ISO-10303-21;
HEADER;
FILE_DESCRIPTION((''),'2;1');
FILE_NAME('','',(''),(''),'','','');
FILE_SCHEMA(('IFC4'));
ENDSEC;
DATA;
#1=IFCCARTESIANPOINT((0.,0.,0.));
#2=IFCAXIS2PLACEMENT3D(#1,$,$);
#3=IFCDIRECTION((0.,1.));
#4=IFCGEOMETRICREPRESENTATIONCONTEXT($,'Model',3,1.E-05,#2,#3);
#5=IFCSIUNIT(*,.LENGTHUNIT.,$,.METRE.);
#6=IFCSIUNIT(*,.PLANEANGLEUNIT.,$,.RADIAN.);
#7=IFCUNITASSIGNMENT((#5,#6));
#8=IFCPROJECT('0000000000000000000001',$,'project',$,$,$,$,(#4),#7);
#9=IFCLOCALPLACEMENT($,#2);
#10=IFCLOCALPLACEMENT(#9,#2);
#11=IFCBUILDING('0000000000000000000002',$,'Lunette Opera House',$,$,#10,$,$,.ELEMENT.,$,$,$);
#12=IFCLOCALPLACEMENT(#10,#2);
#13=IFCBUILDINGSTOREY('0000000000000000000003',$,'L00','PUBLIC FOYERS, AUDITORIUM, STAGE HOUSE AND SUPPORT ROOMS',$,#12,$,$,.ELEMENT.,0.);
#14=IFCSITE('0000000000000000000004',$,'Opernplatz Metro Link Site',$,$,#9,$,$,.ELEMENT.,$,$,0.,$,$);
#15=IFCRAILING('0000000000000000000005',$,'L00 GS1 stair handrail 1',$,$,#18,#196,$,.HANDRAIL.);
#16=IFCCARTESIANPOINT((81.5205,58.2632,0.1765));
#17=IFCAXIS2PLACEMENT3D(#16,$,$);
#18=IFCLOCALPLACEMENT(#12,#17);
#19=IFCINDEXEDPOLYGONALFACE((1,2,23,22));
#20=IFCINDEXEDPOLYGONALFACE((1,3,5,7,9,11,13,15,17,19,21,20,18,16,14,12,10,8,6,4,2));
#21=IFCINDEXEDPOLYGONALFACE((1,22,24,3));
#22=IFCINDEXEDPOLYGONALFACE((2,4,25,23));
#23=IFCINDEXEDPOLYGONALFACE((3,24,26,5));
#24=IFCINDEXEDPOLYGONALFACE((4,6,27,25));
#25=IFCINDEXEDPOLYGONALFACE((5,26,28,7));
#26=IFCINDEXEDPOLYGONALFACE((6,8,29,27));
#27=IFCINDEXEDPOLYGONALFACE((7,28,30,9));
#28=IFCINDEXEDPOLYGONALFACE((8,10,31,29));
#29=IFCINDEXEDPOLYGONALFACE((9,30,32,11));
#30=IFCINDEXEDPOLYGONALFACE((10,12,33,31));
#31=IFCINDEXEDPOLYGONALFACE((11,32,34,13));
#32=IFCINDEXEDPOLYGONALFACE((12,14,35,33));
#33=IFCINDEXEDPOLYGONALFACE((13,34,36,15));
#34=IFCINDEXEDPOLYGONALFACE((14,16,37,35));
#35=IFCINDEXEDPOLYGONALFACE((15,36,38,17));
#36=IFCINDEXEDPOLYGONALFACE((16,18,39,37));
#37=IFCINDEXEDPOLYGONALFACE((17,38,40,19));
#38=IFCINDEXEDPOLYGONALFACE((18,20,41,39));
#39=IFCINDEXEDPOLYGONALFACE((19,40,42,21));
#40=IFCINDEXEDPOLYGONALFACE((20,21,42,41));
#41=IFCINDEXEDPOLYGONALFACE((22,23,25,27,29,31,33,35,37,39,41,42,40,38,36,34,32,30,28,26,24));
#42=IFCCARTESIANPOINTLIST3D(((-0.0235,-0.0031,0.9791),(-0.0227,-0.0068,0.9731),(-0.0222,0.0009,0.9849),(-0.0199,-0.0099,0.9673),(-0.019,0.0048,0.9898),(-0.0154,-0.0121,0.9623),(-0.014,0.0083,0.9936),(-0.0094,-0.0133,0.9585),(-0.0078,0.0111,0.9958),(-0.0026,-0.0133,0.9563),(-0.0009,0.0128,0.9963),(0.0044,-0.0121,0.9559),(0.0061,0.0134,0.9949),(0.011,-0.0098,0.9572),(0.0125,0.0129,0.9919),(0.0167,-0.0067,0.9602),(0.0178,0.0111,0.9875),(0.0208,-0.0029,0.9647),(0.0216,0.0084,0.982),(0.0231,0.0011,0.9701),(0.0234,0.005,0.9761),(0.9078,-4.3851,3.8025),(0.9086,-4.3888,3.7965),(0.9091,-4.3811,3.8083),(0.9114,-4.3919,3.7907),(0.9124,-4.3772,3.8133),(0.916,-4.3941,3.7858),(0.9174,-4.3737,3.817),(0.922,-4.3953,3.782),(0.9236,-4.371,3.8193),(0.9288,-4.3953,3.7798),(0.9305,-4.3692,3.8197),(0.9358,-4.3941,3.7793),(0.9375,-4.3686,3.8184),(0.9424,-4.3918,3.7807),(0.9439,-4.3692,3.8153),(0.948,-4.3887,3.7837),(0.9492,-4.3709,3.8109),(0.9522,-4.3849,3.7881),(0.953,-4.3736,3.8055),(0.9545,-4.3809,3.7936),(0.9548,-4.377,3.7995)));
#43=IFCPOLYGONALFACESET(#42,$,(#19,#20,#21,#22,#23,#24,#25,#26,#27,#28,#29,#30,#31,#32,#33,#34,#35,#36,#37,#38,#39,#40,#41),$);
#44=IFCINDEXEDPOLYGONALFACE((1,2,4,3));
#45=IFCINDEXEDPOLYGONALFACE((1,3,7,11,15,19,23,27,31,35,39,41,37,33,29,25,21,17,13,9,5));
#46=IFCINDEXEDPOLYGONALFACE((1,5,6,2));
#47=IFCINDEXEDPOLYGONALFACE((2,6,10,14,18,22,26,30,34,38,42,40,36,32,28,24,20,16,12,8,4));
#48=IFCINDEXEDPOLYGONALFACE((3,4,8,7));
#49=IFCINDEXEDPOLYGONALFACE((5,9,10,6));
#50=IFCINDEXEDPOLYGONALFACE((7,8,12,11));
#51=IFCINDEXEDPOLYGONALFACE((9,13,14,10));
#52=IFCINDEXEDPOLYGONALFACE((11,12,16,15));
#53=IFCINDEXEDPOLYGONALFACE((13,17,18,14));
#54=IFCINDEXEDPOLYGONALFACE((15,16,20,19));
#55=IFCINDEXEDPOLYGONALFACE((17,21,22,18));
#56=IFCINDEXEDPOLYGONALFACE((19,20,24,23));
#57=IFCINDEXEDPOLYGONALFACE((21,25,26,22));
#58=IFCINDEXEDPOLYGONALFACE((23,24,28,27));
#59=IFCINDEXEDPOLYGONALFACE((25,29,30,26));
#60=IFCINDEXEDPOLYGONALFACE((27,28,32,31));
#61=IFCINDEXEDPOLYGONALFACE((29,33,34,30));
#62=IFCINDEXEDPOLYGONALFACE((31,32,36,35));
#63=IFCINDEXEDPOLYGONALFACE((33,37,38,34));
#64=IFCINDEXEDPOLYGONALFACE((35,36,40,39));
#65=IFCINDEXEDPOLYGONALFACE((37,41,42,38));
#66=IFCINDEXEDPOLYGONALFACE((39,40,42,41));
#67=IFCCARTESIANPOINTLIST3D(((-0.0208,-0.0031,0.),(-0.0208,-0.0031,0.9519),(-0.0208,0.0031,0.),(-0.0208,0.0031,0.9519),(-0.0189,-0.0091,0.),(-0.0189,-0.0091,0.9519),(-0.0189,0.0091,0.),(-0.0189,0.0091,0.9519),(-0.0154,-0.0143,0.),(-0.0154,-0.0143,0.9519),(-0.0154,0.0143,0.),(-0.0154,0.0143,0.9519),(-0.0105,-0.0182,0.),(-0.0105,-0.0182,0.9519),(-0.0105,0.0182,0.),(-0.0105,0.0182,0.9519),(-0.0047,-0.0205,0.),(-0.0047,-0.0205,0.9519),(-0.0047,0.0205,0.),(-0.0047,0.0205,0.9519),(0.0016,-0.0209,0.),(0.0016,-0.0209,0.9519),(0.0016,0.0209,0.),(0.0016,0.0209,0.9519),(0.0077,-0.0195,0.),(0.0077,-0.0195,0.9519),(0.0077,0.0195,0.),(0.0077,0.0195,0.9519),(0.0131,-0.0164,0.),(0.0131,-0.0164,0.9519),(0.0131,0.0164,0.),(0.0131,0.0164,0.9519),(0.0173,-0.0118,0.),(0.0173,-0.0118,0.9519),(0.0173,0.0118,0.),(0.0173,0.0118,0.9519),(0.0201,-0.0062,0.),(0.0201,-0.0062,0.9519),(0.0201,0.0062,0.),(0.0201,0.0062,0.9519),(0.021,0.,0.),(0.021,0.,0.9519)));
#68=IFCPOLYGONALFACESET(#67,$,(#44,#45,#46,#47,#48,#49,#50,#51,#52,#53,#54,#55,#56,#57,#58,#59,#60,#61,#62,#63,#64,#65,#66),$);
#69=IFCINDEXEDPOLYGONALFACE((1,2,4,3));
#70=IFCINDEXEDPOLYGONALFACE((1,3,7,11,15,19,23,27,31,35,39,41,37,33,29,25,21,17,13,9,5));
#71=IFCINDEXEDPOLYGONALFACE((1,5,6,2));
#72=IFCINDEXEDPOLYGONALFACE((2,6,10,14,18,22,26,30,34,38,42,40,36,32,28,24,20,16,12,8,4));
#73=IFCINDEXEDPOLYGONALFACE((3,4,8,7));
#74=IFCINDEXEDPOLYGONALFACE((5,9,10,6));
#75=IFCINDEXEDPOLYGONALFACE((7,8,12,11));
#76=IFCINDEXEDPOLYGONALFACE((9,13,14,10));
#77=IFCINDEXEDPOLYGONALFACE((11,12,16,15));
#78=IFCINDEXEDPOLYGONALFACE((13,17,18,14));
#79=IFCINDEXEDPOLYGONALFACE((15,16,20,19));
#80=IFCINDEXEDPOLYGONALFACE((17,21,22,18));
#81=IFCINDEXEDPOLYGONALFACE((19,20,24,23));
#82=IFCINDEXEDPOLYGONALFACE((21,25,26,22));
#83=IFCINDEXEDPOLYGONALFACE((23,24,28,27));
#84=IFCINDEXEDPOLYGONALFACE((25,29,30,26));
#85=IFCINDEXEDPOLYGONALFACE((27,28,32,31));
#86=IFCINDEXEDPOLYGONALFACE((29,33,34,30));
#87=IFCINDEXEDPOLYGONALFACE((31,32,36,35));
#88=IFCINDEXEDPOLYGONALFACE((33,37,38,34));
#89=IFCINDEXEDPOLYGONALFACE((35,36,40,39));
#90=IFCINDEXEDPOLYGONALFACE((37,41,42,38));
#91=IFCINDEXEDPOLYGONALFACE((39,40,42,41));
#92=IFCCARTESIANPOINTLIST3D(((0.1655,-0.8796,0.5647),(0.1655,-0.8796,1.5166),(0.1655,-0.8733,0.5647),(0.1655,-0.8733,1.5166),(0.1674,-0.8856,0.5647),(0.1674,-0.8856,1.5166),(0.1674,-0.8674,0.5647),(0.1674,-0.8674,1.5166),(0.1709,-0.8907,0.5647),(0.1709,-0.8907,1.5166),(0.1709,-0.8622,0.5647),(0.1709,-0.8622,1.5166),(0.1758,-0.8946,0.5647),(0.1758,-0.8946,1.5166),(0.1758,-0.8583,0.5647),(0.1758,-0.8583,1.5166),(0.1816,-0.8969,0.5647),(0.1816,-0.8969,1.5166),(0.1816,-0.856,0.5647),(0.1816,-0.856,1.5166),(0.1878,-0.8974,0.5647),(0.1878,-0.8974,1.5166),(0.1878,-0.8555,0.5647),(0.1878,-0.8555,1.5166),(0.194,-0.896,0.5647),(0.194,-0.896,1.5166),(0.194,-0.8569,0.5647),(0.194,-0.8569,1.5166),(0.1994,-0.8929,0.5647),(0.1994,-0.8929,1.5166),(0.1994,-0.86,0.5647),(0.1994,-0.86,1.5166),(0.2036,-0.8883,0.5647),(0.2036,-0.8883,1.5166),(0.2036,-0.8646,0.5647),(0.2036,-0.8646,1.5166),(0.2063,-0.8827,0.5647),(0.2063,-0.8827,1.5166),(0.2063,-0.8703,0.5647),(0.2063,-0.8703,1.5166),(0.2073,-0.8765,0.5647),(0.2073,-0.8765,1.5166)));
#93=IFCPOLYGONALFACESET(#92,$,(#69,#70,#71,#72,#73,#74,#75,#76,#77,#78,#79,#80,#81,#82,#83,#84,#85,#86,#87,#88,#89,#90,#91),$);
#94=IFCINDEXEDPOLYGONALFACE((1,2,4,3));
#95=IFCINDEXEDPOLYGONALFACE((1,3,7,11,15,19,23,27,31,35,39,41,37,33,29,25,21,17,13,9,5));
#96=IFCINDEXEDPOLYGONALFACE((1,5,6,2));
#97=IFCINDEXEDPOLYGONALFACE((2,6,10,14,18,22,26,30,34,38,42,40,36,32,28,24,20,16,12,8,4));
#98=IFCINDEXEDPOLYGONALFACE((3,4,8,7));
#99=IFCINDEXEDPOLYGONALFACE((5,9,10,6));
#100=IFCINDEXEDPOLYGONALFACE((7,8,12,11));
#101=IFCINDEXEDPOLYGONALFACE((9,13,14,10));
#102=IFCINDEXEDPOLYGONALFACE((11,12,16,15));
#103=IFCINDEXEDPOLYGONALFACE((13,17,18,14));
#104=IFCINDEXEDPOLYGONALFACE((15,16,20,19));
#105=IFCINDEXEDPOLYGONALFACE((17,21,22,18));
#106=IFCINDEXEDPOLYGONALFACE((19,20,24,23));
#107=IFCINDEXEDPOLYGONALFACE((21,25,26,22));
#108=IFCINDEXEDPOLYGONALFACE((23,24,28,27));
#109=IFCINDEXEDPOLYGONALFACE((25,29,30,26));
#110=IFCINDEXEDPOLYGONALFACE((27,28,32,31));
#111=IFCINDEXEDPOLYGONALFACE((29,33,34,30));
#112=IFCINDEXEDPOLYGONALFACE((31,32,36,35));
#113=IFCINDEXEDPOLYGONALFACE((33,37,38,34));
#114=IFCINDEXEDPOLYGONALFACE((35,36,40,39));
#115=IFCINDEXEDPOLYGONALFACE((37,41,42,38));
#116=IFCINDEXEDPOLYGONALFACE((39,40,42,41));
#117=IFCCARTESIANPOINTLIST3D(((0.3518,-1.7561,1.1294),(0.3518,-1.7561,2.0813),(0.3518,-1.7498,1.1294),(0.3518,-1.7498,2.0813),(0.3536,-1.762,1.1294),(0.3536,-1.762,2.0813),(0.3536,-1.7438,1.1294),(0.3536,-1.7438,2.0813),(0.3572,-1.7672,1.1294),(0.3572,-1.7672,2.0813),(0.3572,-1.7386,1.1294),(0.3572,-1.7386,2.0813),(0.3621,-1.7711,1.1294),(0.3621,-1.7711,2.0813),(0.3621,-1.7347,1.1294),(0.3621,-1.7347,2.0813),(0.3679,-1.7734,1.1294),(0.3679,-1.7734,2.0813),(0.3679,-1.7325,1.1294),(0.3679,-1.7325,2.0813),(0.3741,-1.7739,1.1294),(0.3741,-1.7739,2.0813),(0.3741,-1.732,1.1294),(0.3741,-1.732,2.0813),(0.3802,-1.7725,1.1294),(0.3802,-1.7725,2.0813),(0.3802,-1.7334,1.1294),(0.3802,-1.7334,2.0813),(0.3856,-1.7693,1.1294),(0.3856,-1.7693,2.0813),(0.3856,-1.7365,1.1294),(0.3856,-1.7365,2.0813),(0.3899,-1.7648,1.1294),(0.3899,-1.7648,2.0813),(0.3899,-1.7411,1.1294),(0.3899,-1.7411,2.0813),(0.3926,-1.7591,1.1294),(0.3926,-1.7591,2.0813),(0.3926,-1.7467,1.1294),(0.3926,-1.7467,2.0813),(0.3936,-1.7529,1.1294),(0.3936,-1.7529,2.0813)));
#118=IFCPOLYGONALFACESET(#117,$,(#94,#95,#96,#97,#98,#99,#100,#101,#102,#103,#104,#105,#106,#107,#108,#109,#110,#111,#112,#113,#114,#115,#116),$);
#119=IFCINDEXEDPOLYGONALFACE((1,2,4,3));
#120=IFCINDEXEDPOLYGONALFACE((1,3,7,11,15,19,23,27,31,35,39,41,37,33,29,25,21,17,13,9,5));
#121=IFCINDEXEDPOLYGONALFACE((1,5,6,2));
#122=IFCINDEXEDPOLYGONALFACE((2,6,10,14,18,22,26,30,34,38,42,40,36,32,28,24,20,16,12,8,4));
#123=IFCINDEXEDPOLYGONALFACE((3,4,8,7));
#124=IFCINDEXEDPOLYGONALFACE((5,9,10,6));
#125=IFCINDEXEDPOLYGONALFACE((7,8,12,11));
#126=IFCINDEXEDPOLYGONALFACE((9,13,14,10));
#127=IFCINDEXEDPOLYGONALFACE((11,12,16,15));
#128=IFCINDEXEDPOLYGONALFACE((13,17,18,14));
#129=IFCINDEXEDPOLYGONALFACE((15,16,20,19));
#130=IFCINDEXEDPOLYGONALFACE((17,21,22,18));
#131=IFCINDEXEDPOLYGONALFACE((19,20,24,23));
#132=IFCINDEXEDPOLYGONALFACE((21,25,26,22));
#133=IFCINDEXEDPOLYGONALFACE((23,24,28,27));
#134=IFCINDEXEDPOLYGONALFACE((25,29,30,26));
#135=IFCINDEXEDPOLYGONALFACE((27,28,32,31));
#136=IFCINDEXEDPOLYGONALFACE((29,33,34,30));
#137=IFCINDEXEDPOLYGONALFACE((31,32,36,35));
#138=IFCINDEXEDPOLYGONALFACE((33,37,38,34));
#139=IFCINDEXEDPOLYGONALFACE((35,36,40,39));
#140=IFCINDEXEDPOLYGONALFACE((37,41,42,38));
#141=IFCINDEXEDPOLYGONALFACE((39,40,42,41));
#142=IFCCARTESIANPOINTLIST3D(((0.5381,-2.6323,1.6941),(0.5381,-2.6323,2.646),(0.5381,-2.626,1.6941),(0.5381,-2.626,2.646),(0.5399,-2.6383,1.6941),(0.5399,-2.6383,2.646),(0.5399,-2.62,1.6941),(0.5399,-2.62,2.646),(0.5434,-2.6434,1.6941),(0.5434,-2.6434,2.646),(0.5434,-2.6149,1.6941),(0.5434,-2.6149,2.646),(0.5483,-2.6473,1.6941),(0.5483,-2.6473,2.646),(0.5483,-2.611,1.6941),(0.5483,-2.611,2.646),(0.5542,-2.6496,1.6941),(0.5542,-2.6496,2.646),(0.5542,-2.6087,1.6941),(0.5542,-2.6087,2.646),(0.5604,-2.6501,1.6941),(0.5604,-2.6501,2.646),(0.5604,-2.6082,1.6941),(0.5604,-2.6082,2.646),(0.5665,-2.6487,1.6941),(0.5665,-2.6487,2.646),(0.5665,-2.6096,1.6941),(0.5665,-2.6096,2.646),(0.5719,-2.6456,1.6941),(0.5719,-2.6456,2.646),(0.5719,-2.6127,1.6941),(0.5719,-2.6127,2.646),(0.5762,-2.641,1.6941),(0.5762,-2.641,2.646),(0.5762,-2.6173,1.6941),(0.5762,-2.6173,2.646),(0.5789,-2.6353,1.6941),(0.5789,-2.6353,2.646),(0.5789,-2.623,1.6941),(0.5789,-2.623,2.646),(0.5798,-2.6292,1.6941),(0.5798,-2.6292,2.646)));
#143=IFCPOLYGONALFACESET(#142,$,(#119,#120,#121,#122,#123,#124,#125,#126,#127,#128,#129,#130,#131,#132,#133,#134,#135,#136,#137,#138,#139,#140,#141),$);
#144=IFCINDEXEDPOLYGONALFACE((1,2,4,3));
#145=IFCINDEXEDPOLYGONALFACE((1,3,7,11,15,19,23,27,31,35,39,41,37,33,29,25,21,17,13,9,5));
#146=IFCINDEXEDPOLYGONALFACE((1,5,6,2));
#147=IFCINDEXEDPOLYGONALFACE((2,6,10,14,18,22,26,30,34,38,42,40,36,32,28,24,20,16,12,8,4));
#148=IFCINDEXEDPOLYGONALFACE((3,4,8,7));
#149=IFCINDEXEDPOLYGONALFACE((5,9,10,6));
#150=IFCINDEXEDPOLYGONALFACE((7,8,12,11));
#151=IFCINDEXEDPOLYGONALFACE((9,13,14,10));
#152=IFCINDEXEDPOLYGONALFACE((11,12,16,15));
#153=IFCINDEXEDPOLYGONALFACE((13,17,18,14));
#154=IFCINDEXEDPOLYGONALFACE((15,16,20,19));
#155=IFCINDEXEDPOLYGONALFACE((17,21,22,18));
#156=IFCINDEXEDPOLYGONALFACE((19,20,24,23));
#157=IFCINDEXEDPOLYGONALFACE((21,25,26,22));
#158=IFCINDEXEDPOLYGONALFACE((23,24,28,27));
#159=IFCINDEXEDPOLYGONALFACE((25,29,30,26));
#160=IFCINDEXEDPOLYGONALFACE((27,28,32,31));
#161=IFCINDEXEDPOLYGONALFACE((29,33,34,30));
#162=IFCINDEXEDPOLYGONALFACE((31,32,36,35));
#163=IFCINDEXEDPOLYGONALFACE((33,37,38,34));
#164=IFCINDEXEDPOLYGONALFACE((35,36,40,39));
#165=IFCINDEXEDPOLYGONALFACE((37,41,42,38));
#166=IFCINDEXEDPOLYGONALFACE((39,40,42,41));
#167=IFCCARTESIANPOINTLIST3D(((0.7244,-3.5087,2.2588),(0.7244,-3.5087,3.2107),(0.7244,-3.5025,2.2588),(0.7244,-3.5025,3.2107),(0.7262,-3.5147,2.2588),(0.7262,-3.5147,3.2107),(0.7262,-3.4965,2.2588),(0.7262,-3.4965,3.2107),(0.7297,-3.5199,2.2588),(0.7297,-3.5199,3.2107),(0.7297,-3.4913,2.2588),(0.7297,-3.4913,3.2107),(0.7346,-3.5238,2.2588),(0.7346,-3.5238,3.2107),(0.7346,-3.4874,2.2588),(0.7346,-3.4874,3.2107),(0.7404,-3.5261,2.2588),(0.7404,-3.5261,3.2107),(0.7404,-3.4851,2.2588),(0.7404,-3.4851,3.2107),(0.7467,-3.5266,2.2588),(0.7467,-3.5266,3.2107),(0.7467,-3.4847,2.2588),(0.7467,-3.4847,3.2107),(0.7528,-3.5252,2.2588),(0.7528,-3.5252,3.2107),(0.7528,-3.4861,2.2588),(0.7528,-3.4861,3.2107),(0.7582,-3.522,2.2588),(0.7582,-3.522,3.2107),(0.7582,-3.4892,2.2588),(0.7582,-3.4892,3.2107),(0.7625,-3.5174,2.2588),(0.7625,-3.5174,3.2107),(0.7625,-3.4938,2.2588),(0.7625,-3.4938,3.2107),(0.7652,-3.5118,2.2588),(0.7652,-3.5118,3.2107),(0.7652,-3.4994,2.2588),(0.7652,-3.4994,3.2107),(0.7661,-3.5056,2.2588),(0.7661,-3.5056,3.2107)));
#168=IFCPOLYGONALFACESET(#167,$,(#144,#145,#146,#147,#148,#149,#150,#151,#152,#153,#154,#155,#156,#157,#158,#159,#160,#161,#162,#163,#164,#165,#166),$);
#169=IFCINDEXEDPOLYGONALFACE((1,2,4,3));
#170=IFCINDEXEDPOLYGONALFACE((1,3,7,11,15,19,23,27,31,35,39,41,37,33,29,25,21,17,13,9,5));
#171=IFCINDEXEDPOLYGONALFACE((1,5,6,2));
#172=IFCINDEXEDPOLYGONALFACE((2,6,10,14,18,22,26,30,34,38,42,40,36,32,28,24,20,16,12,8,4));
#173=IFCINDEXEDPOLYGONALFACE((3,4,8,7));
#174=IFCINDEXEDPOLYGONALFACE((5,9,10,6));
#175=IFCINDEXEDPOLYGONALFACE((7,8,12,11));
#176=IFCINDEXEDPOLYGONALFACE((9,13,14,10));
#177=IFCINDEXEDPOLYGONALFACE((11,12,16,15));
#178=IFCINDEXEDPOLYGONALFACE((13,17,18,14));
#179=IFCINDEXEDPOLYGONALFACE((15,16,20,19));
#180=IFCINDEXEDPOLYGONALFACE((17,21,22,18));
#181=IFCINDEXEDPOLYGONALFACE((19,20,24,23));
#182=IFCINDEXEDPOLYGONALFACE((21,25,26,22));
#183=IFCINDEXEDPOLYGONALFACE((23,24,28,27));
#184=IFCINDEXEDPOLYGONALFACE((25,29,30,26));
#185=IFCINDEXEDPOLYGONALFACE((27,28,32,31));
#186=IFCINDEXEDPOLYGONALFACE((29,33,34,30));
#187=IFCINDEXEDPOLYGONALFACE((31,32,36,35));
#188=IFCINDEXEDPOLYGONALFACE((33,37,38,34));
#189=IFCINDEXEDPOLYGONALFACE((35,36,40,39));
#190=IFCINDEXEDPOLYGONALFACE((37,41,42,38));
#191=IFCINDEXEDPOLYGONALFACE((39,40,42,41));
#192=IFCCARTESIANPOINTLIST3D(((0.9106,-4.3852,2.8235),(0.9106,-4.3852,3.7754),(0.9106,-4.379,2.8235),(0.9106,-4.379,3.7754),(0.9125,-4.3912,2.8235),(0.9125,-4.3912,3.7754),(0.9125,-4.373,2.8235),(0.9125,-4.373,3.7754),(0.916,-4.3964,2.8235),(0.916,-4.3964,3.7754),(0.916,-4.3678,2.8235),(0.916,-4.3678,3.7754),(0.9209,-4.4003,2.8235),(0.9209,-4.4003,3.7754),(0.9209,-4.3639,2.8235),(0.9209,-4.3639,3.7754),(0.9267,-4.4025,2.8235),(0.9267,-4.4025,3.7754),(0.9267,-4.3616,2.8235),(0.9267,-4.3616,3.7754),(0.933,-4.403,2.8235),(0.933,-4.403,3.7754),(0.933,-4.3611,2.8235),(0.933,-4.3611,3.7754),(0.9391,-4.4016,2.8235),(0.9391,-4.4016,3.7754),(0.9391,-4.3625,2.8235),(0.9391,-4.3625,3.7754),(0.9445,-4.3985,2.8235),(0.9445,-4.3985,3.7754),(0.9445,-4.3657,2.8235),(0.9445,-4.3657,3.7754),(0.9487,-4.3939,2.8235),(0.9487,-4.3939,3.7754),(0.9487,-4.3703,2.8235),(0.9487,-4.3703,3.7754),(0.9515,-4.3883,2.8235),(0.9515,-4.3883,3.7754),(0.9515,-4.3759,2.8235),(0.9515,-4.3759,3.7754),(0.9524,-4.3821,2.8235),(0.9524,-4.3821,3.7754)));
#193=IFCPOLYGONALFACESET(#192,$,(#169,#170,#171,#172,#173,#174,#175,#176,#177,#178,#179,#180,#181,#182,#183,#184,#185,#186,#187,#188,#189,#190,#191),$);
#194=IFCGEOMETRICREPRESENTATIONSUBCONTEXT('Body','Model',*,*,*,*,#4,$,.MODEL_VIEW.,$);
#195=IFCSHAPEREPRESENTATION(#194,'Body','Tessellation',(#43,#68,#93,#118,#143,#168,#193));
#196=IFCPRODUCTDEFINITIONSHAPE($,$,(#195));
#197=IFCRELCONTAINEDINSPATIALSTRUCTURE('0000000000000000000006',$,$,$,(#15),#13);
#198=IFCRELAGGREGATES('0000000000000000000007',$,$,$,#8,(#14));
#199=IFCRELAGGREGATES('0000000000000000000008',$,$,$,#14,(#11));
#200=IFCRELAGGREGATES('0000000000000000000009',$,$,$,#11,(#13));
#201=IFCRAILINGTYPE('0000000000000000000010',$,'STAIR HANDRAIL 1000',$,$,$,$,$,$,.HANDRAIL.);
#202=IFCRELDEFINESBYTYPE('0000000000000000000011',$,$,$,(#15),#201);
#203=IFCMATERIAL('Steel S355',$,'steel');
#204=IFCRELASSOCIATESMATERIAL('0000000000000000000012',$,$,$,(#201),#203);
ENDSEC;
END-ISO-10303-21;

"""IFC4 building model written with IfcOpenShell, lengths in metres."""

from ifc_helpers import new_model, si_unit, direction, frame, origin, origin_2d, place, context, subcontext, project, spatial, circle, extrude, material, type_object, element, save


model = new_model("IFC4")

# Units and contexts
model_context = context("Model", 3, precision=1e-05, world=origin(), true_north=direction((0.0, 1.0)))
body_context = subcontext(model_context, "Body", "Model", "MODEL_VIEW")
ifc_project = project(units=[si_unit("LENGTHUNIT", "METRE"), si_unit("PLANEANGLEUNIT", "RADIAN")], contexts=[model_context])

# Site, building, storey
site_placement = place(None, origin())
site = spatial("IfcSite", under=ifc_project, at=site_placement, Name="Opernplatz Metro Link Site", CompositionType="ELEMENT", RefElevation=0.0)
building_placement = place(site_placement, origin())
building = spatial("IfcBuilding", under=site, at=building_placement, Name="Lunette Opera House", CompositionType="ELEMENT")
storey_placement = place(building_placement, origin())
storey = spatial("IfcBuildingStorey", under=building, at=storey_placement, Name="L00", Description="PUBLIC FOYERS, AUDITORIUM, STAGE HOUSE AND SUPPORT ROOMS", CompositionType="ELEMENT", Elevation=0.0)

# Railing
ifc_material_1 = material(Name="Steel S355", Category="steel")
railing_type = type_object("IfcRailingType", Name="STAIR HANDRAIL 1000", PredefinedType="HANDRAIL", material=ifc_material_1)
railing_placement = place(storey_placement, frame((81.5205, 58.2632, 0.1765)))
element("IfcRailing", 1, at=railing_placement, inside=storey, type_object=railing_type, Name="L00 GS1 stair handrail 1", PredefinedType="HANDRAIL", context=body_context, shape_type="SweptSolid", body=[
    extrude(circle(Radius=0.0239, at=origin_2d()), frame((0.0, 0.0, 0.9761), z_axis=(0.175885, -0.827512, 0.533187), x_axis=(0.97815, 0.207902, 0.0)), (0.0, 0.0, 1.0), 5.2954),
    extrude(circle(Radius=0.021, at=origin_2d()), origin(), (0.0, 0.0, 1.0), 0.9519),
    extrude(circle(Radius=0.021, at=origin_2d()), frame((0.1863, -0.8765, 0.5647)), (0.0, 0.0, 1.0), 0.9519),
    extrude(circle(Radius=0.021, at=origin_2d()), frame((0.3726, -1.7529, 1.1294)), (0.0, 0.0, 1.0), 0.9519),
    extrude(circle(Radius=0.021, at=origin_2d()), frame((0.5588, -2.6292, 1.6941)), (0.0, 0.0, 1.0), 0.9519),
    extrude(circle(Radius=0.021, at=origin_2d()), frame((0.7451, -3.5056, 2.2588)), (0.0, 0.0, 1.0), 0.9519),
    extrude(circle(Radius=0.021, at=origin_2d()), frame((0.9314, -4.3821, 2.8235)), (0.0, 0.0, 1.0), 0.9519),
])

save(model, "model.ifc")
